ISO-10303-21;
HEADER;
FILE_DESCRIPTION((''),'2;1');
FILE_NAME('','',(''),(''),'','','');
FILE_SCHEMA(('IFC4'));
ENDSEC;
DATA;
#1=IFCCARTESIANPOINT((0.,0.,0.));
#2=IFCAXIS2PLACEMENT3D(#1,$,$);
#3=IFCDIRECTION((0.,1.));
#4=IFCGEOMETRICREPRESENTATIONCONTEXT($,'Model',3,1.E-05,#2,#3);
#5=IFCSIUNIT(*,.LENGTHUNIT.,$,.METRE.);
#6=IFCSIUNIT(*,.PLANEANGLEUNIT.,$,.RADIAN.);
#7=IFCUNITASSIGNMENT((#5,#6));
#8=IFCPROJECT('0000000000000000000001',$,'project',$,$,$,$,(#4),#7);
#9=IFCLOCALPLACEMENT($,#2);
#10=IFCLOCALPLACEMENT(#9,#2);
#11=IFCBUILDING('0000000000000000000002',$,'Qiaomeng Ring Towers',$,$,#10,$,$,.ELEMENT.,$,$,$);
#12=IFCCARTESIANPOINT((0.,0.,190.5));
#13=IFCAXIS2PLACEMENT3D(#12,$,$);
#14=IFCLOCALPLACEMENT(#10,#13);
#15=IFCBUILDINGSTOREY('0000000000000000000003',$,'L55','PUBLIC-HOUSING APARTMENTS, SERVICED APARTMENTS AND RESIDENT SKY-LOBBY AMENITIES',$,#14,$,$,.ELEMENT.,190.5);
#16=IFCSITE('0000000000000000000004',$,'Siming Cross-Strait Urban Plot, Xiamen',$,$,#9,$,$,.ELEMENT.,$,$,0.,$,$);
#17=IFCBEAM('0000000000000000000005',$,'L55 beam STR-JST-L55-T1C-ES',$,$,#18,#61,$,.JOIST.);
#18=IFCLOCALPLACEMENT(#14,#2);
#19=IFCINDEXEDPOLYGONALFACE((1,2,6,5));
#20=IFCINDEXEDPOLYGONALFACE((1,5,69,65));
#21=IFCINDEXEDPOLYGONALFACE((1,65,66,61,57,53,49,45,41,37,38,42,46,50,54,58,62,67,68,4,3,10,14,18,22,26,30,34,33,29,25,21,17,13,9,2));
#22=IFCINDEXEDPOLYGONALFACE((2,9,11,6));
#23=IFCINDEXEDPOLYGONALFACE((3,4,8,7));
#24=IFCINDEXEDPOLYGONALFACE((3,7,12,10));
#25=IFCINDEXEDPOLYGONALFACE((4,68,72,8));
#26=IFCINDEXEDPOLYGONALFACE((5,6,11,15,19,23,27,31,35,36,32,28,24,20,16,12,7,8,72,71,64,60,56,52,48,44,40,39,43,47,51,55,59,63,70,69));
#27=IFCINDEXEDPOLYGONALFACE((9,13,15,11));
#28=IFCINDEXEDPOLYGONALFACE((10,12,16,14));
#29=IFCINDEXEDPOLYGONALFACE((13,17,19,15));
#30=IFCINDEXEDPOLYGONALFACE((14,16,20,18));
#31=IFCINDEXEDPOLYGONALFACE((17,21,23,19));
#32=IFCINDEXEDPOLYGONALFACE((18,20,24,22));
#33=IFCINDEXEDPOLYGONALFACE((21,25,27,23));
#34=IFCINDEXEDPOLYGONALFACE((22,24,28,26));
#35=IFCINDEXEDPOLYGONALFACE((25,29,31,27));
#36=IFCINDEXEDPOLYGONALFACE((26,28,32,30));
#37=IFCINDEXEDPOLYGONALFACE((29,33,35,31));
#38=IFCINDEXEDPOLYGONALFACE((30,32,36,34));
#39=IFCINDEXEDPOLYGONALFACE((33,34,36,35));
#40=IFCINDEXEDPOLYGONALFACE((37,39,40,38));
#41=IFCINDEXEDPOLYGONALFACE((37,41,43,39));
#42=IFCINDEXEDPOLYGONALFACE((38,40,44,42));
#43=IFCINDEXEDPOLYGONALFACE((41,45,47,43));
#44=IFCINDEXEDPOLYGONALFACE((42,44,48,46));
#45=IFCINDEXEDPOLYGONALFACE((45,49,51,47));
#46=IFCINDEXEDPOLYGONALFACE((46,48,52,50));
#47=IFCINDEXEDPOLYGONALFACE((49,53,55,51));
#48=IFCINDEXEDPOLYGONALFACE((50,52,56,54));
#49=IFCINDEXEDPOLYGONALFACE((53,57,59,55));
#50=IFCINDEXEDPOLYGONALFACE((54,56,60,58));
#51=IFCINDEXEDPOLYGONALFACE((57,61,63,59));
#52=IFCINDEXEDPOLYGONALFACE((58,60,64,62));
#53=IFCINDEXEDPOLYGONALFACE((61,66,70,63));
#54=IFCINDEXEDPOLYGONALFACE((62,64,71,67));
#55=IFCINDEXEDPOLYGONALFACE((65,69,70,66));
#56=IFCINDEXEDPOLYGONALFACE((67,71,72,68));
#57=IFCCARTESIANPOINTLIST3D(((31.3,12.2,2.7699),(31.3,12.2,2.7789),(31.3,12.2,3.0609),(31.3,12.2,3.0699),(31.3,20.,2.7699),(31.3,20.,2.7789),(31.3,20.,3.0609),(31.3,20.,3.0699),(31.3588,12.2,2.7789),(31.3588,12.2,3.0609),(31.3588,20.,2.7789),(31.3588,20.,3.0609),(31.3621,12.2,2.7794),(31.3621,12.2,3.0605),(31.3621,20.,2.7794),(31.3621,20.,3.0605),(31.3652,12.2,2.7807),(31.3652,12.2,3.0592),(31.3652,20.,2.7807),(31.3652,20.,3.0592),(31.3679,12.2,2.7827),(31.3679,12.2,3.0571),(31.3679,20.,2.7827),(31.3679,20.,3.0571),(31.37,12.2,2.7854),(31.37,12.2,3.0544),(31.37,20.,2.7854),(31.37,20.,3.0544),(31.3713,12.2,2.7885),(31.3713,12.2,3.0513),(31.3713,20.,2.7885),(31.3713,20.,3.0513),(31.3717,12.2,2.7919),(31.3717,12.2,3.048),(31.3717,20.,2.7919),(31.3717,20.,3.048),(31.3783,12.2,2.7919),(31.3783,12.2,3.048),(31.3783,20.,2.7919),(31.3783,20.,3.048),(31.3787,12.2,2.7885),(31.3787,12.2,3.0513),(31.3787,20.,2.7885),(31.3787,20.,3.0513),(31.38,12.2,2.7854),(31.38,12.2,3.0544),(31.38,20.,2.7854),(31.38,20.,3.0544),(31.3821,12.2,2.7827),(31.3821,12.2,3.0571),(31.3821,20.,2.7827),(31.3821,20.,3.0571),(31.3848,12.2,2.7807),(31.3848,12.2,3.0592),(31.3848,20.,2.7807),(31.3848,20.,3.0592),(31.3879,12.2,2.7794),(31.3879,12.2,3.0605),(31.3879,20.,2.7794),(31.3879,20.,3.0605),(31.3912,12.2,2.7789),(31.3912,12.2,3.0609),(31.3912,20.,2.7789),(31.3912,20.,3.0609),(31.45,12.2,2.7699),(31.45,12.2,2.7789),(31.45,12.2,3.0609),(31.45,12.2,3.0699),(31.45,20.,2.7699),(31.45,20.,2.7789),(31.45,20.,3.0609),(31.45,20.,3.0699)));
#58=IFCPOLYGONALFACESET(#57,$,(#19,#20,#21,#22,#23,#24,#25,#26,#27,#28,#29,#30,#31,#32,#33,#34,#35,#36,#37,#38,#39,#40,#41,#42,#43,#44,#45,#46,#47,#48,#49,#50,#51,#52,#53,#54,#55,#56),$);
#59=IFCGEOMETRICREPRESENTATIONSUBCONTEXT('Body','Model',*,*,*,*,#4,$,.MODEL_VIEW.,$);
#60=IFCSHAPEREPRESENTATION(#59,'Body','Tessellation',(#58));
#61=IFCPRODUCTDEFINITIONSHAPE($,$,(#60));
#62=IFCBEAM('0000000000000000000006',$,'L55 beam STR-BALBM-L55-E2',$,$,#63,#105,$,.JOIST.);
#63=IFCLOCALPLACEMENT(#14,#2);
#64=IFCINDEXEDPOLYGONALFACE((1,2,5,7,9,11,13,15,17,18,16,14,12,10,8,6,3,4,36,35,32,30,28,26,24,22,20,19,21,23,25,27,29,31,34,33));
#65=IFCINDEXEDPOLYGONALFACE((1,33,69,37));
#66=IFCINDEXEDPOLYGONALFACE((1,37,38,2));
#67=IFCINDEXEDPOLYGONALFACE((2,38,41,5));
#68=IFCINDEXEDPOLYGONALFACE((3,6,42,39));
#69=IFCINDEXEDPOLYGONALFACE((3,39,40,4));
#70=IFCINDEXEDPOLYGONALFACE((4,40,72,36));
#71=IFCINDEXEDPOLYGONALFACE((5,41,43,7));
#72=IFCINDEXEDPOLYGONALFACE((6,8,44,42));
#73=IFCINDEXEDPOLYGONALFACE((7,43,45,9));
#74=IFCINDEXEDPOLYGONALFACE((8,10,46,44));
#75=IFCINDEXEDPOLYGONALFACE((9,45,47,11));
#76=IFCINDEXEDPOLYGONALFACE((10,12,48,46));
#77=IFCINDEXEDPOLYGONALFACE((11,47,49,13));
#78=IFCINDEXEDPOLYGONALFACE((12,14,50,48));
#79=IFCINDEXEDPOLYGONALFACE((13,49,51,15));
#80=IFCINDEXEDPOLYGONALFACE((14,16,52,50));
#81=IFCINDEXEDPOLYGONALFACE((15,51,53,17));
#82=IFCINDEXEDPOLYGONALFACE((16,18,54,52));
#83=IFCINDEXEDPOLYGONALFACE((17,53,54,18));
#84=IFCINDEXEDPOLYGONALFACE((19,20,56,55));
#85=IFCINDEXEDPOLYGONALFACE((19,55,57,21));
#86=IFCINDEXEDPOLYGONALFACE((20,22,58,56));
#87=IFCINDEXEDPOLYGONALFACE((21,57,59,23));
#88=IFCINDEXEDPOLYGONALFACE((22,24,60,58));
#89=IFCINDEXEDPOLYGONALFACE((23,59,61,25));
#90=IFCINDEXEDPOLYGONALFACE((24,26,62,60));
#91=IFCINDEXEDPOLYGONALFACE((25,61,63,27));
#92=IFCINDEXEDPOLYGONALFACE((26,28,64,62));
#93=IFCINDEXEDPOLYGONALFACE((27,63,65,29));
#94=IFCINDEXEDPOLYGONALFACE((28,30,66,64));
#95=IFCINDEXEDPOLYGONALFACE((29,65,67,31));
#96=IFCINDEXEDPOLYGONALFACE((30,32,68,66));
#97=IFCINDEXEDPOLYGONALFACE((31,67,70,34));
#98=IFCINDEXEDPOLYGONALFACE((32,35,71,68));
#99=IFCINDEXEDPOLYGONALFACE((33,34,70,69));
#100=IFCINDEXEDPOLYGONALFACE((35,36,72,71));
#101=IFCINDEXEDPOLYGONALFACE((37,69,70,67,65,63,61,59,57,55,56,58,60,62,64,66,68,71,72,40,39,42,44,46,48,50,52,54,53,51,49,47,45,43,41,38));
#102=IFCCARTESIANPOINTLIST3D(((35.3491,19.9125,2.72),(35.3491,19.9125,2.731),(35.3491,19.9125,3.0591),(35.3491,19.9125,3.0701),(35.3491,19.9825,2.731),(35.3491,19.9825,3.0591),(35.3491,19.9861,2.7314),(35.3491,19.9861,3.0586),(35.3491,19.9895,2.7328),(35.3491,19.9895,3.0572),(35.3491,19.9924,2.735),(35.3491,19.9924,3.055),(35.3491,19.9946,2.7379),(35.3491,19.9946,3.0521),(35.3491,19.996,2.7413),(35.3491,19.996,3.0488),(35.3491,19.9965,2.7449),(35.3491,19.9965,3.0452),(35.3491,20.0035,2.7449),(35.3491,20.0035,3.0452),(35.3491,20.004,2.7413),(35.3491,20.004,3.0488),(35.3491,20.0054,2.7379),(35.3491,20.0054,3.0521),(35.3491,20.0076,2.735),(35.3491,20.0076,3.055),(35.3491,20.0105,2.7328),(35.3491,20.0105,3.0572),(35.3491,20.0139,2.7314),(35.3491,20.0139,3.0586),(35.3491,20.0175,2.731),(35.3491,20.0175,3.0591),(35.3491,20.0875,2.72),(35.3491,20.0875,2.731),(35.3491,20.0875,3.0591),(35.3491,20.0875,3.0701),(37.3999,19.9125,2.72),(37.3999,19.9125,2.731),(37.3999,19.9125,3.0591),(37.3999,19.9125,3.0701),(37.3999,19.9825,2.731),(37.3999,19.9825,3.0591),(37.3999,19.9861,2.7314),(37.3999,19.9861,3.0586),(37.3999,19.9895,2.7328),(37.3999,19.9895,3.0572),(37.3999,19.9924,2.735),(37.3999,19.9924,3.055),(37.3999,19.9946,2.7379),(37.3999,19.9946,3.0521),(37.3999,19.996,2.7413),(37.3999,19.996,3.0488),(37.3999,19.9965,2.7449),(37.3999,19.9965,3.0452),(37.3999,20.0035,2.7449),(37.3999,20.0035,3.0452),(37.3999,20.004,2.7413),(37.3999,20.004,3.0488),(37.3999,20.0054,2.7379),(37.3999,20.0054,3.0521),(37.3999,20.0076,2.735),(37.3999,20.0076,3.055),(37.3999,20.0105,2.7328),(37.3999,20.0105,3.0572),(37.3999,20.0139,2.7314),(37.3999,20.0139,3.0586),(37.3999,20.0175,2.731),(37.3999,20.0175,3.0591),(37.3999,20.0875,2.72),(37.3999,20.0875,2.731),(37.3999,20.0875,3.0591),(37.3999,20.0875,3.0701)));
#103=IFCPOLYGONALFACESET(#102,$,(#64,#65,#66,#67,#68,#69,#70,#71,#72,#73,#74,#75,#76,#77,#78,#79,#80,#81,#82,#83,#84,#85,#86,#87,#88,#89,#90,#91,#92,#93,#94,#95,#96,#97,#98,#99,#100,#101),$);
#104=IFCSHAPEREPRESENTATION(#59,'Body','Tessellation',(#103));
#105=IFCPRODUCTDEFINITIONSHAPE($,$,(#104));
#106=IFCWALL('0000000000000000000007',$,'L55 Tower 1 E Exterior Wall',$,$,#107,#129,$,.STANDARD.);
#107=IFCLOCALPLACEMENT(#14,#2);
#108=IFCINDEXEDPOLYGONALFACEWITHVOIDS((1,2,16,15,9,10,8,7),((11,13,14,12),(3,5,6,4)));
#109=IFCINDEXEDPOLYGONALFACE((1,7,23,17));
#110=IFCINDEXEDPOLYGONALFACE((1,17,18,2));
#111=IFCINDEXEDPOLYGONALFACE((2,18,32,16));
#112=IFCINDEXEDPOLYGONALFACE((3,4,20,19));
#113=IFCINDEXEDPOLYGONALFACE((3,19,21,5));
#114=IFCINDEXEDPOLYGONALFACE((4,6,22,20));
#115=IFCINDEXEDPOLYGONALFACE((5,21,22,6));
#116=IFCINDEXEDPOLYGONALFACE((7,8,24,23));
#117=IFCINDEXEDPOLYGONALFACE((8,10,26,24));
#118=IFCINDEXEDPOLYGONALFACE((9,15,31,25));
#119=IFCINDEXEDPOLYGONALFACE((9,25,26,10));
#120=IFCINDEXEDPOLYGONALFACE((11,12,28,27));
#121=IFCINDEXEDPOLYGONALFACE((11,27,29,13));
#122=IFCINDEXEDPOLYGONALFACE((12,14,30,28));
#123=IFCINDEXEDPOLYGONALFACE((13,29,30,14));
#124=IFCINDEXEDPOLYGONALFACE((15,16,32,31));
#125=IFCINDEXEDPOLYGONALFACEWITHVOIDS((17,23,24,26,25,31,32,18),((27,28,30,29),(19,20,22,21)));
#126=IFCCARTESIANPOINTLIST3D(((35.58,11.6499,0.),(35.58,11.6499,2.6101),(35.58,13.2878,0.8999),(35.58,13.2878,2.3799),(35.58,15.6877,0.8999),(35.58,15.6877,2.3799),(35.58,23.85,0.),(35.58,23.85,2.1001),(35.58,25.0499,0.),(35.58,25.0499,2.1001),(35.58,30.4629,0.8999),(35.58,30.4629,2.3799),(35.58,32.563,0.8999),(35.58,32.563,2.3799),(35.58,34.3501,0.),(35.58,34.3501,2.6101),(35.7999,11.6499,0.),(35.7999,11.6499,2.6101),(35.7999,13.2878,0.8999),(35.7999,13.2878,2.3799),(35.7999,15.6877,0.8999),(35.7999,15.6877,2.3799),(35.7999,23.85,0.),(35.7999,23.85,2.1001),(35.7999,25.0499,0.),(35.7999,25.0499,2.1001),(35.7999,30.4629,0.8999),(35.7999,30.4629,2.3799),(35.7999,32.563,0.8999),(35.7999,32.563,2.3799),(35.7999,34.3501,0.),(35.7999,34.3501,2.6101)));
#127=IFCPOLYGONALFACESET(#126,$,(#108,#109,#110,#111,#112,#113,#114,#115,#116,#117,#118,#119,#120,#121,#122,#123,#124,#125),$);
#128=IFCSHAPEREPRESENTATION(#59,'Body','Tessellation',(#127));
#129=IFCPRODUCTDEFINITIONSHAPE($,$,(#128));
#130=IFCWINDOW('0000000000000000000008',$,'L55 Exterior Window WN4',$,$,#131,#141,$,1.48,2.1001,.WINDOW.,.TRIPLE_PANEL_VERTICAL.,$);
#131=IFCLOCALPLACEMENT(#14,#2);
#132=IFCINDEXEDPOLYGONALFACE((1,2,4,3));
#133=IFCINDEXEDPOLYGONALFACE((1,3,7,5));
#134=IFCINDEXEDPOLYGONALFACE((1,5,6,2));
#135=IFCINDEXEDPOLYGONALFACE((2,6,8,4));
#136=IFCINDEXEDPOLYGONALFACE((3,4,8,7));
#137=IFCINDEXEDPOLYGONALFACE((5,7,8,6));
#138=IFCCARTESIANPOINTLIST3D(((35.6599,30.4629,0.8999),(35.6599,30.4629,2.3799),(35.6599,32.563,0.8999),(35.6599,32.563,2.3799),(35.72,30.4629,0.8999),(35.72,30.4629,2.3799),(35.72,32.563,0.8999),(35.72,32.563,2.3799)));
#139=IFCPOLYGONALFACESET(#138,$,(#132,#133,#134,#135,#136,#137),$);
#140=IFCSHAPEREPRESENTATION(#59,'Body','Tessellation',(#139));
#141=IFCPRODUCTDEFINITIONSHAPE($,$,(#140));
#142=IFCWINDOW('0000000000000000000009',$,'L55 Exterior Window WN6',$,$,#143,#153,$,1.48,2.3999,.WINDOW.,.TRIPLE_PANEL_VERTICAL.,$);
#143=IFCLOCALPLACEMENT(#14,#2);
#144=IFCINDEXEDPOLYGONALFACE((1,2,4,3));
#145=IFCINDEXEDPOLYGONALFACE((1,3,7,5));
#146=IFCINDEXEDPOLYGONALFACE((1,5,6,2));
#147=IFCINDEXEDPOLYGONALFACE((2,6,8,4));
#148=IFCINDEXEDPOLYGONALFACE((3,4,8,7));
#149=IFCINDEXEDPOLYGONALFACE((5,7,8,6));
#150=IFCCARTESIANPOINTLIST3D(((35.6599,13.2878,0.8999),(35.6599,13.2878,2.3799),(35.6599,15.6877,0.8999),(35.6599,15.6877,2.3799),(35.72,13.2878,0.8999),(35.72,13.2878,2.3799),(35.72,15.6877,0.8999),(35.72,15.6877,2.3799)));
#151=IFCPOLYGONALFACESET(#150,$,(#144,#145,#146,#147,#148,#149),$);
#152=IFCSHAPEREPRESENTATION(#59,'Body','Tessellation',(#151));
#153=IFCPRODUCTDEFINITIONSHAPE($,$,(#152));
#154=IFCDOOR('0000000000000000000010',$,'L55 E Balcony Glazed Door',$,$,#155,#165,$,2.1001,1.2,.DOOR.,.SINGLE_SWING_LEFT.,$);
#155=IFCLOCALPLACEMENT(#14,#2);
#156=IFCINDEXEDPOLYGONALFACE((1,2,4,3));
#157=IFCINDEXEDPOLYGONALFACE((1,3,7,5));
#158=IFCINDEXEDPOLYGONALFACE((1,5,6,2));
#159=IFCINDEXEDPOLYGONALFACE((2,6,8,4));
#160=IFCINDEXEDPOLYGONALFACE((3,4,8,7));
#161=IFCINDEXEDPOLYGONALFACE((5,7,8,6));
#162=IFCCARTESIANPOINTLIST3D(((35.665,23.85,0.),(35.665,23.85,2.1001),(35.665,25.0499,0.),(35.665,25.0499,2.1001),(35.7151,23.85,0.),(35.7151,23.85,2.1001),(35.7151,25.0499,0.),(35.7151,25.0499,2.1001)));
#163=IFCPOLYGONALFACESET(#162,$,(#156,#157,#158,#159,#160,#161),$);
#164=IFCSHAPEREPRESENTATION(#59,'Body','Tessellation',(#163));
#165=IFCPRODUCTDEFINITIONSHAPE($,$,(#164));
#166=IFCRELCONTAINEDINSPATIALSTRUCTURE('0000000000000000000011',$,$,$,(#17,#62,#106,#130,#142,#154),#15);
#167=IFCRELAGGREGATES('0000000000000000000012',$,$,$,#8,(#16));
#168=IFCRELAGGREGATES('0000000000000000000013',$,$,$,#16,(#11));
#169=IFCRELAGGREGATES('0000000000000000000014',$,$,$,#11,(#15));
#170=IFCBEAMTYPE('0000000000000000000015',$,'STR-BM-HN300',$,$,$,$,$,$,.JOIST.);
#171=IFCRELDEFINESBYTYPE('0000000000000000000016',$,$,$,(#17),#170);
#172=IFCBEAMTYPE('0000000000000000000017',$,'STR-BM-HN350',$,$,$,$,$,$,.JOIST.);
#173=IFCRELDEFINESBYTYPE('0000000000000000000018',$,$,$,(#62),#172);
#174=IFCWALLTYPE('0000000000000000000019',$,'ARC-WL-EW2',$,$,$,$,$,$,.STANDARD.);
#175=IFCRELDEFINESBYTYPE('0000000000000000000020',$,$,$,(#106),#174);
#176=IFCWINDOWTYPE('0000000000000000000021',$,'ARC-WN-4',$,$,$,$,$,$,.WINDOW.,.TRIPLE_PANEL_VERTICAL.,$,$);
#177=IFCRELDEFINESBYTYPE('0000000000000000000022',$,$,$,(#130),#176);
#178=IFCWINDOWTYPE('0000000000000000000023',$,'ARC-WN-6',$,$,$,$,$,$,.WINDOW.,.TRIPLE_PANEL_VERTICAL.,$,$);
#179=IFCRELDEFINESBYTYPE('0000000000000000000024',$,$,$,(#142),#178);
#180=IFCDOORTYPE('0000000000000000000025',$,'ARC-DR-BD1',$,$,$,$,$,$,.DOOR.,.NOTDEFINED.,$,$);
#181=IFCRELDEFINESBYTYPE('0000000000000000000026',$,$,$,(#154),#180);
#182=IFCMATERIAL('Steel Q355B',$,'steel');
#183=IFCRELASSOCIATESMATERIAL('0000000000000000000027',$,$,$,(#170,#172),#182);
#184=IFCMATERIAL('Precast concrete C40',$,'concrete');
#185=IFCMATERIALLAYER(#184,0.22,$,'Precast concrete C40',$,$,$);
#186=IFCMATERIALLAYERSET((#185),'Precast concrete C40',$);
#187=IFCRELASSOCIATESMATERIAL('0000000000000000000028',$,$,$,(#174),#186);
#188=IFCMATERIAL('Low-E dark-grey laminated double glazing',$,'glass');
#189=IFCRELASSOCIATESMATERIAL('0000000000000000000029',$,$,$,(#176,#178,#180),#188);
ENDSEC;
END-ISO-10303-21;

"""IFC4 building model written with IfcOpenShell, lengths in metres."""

from ifc_helpers import new_model, si_unit, direction, frame, frame_2d, origin, origin_2d, place, context, subcontext, project, spatial, rectangle, i_section, extrude, source, transform, mapped, material, layer, layer_set, material_profile, profile_set, type_object, element, fill, save


model = new_model("IFC4")

# Units and contexts
model_context = context("Model", 3, precision=1e-05, world=origin(), true_north=direction((0.0, 1.0)))
body_context = subcontext(model_context, "Body", "Model", "MODEL_VIEW")
ifc_project = project(units=[si_unit("LENGTHUNIT", "METRE"), si_unit("PLANEANGLEUNIT", "RADIAN")], contexts=[model_context])

# Site, building, storey
site_placement = place(None, origin())
site = spatial("IfcSite", under=ifc_project, at=site_placement, Name="Siming Cross-Strait Urban Plot, Xiamen", CompositionType="ELEMENT", RefElevation=0.0)
building_placement = place(site_placement, origin())
building = spatial("IfcBuilding", under=site, at=building_placement, Name="Qiaomeng Ring Towers", CompositionType="ELEMENT")
storey_placement = place(building_placement, frame((0.0, 0.0, 190.5)))
storey = spatial("IfcBuildingStorey", under=building, at=storey_placement, Name="L55", Description="PUBLIC-HOUSING APARTMENTS, SERVICED APARTMENTS AND RESIDENT SKY-LOBBY AMENITIES", CompositionType="ELEMENT", Elevation=190.5)

# Beams
ifc_material_1 = material(Name="Steel Q355B", Category="steel")
ifc_material_profile_1 = material_profile(ifc_material_1, i_section(OverallWidth=0.1499, OverallDepth=0.3, WebThickness=0.0066, FlangeThickness=0.009, FilletRadius=0.0129, at=origin_2d()), Name="HN 300x150x6.5x9")
ifc_profile_set_1 = profile_set([ifc_material_profile_1], Name="Steel Q355B")
beam_type_1 = type_object("IfcBeamType", Name="STR-BM-HN300", PredefinedType="JOIST", material=ifc_profile_set_1)
shared_shape_1 = source(origin(), body_context, "Body", "SweptSolid", [
    extrude(i_section(OverallWidth=0.1499, OverallDepth=0.3, WebThickness=0.0066, FlangeThickness=0.009, FilletRadius=0.0129, at=origin_2d()), origin(), (0.0, 0.0, 1.0), 7.8),
])
beam_1_placement = place(storey_placement, frame((31.375, 12.2, 2.9199), z_axis=(0.0, 1.0, 0.0), x_axis=(-1.0, 0.0, 0.0)))
element("IfcBeam", 1, at=beam_1_placement, inside=storey, type_object=beam_type_1, Name="L55 beam STR-JST-L55-T1C-ES", PredefinedType="JOIST", context=body_context, shape_type="MappedRepresentation", body=[
    mapped(shared_shape_1, transform((0.0, 0.0, 0.0), x_axis=(1.0, 0.0, 0.0), y_axis=(0.0, 1.0, 0.0), z_axis=(0.0, 0.0, 1.0), scale=1.0)),
])
ifc_material_profile_2 = material_profile(ifc_material_1, i_section(OverallWidth=0.175, OverallDepth=0.3501, WebThickness=0.0071, FlangeThickness=0.011, FilletRadius=0.0139, at=origin_2d()), Name="HN 350x175x7x11")
ifc_profile_set_2 = profile_set([ifc_material_profile_2], Name="Steel Q355B")
beam_type_2 = type_object("IfcBeamType", Name="STR-BM-HN350", PredefinedType="JOIST", material=ifc_profile_set_2)
shared_shape_2 = source(origin(), body_context, "Body", "SweptSolid", [
    extrude(i_section(OverallWidth=0.175, OverallDepth=0.3501, WebThickness=0.0071, FlangeThickness=0.011, FilletRadius=0.0139, at=origin_2d()), origin(), (0.0, 0.0, 1.0), 2.0508),
])
beam_2_placement = place(storey_placement, frame((35.3491, 20.0, 2.895), z_axis=(1.0, 0.0, 0.0), x_axis=(0.0, 1.0, 0.0)))
element("IfcBeam", 2, at=beam_2_placement, inside=storey, type_object=beam_type_2, Name="L55 beam STR-BALBM-L55-E2", PredefinedType="JOIST", context=body_context, shape_type="MappedRepresentation", body=[
    mapped(shared_shape_2, transform((0.0, 0.0, 0.0), x_axis=(1.0, 0.0, 0.0), y_axis=(0.0, 1.0, 0.0), z_axis=(0.0, 0.0, 1.0), scale=1.0)),
])

# Wall, openings, windows, door
ifc_material_2 = material(Name="Precast concrete C40", Category="concrete")
ifc_layer_1 = layer(ifc_material_2, 0.22, Name="Precast concrete C40")
ifc_layer_set_1 = layer_set([ifc_layer_1], Name="Precast concrete C40")
wall_type_1 = type_object("IfcWallType", Name="ARC-WL-EW2", PredefinedType="STANDARD", material=ifc_layer_set_1)
wall_1_placement = place(storey_placement, frame((35.6899, 11.6499, 0.0), z_axis=(0.0, 0.0, 1.0), x_axis=(0.0, 1.0, 0.0)))
wall_1 = element("IfcWall", 3, at=wall_1_placement, inside=storey, type_object=wall_type_1, Name="L55 Tower 1 E Exterior Wall", PredefinedType="STANDARD", context=body_context, shape_type="SweptSolid", body=[
    extrude(rectangle(XDim=22.7002, YDim=0.22, at=frame_2d((11.3501, 0.0))), origin(), (0.0, 0.0, 1.0), 2.6101),
])
opening_1_placement = place(wall_1_placement, frame((12.2, 0.0, 0.0)))
opening_1 = element("IfcOpeningElement", 4, at=opening_1_placement, cuts=wall_1, PredefinedType="OPENING", context=body_context, shape_type="SweptSolid", body=[
    extrude(rectangle(XDim=1.2, YDim=2.1001, at=frame_2d((0.6001, 1.05))), frame((0.0, 0.1199, 0.0), z_axis=(0.0, -1.0, 0.0), x_axis=(1.0, 0.0, 0.0)), (0.0, 0.0, 1.0), 0.24),
])
opening_2_placement = place(wall_1_placement, frame((1.6379, 0.0, 0.8999)))
opening_2 = element("IfcOpeningElement", 5, at=opening_2_placement, cuts=wall_1, PredefinedType="OPENING", context=body_context, shape_type="SweptSolid", body=[
    extrude(rectangle(XDim=2.3999, YDim=1.48, at=frame_2d((1.2, 0.74))), frame((0.0, 0.1199, 0.0), z_axis=(0.0, -1.0, 0.0), x_axis=(1.0, 0.0, 0.0)), (0.0, 0.0, 1.0), 0.24),
])
opening_3_placement = place(wall_1_placement, frame((18.813, 0.0, 0.8999)))
opening_3 = element("IfcOpeningElement", 6, at=opening_3_placement, cuts=wall_1, PredefinedType="OPENING", context=body_context, shape_type="SweptSolid", body=[
    extrude(rectangle(XDim=2.1001, YDim=1.48, at=frame_2d((1.05, 0.74))), frame((0.0, 0.1199, 0.0), z_axis=(0.0, -1.0, 0.0), x_axis=(1.0, 0.0, 0.0)), (0.0, 0.0, 1.0), 0.24),
])
ifc_material_3 = material(Name="Low-E dark-grey laminated double glazing", Category="glass")
window_type_1 = type_object("IfcWindowType", Name="ARC-WN-4", PartitioningType="TRIPLE_PANEL_VERTICAL", PredefinedType="WINDOW", material=ifc_material_3)
shared_shape_3 = source(origin(), body_context, "Body", "SweptSolid", [
    extrude(rectangle(XDim=2.1001, YDim=1.48, at=frame_2d((1.05, 0.74))), frame((0.0, 0.03, 0.0), z_axis=(0.0, -1.0, 0.0), x_axis=(1.0, 0.0, 0.0)), (0.0, 0.0, 1.0), 0.0601),
])
window_1_placement = place(opening_3_placement, origin())
window_1 = element("IfcWindow", 7, at=window_1_placement, inside=storey, type_object=window_type_1, Name="L55 Exterior Window WN4", OverallHeight=1.48, OverallWidth=2.1001, PartitioningType="TRIPLE_PANEL_VERTICAL", PredefinedType="WINDOW", context=body_context, shape_type="MappedRepresentation", body=[
    mapped(shared_shape_3, transform((0.0, 0.0, 0.0), x_axis=(1.0, 0.0, 0.0), y_axis=(0.0, 1.0, 0.0), z_axis=(0.0, 0.0, 1.0), scale=1.0)),
])
fill(opening_3, window_1)
window_type_2 = type_object("IfcWindowType", Name="ARC-WN-6", PartitioningType="TRIPLE_PANEL_VERTICAL", PredefinedType="WINDOW", material=ifc_material_3)
shared_shape_4 = source(origin(), body_context, "Body", "SweptSolid", [
    extrude(rectangle(XDim=2.3999, YDim=1.48, at=frame_2d((1.2, 0.74))), frame((0.0, 0.03, 0.0), z_axis=(0.0, -1.0, 0.0), x_axis=(1.0, 0.0, 0.0)), (0.0, 0.0, 1.0), 0.0601),
])
window_2_placement = place(opening_2_placement, origin())
window_2 = element("IfcWindow", 8, at=window_2_placement, inside=storey, type_object=window_type_2, Name="L55 Exterior Window WN6", OverallHeight=1.48, OverallWidth=2.3999, PartitioningType="TRIPLE_PANEL_VERTICAL", PredefinedType="WINDOW", context=body_context, shape_type="MappedRepresentation", body=[
    mapped(shared_shape_4, transform((0.0, 0.0, 0.0), x_axis=(1.0, 0.0, 0.0), y_axis=(0.0, 1.0, 0.0), z_axis=(0.0, 0.0, 1.0), scale=1.0)),
])
fill(opening_2, window_2)
door_type_1 = type_object("IfcDoorType", Name="ARC-DR-BD1", OperationType="NOTDEFINED", PredefinedType="DOOR", material=ifc_material_3)
shared_shape_5 = source(origin(), body_context, "Body", "SweptSolid", [
    extrude(rectangle(XDim=1.2, YDim=2.1001, at=frame_2d((0.6001, 1.05))), frame((0.0, 0.0249, 0.0), z_axis=(0.0, -1.0, 0.0), x_axis=(1.0, 0.0, 0.0)), (0.0, 0.0, 1.0), 0.05),
])
door_1_placement = place(opening_1_placement, origin())
door_1 = element("IfcDoor", 9, at=door_1_placement, inside=storey, type_object=door_type_1, Name="L55 E Balcony Glazed Door", OperationType="SINGLE_SWING_LEFT", OverallHeight=2.1001, OverallWidth=1.2, PredefinedType="DOOR", context=body_context, shape_type="MappedRepresentation", body=[
    mapped(shared_shape_5, transform((0.0, 0.0, 0.0), x_axis=(1.0, 0.0, 0.0), y_axis=(0.0, 1.0, 0.0), z_axis=(0.0, 0.0, 1.0), scale=1.0)),
])
fill(opening_1, door_1)

save(model, "model.ifc")
